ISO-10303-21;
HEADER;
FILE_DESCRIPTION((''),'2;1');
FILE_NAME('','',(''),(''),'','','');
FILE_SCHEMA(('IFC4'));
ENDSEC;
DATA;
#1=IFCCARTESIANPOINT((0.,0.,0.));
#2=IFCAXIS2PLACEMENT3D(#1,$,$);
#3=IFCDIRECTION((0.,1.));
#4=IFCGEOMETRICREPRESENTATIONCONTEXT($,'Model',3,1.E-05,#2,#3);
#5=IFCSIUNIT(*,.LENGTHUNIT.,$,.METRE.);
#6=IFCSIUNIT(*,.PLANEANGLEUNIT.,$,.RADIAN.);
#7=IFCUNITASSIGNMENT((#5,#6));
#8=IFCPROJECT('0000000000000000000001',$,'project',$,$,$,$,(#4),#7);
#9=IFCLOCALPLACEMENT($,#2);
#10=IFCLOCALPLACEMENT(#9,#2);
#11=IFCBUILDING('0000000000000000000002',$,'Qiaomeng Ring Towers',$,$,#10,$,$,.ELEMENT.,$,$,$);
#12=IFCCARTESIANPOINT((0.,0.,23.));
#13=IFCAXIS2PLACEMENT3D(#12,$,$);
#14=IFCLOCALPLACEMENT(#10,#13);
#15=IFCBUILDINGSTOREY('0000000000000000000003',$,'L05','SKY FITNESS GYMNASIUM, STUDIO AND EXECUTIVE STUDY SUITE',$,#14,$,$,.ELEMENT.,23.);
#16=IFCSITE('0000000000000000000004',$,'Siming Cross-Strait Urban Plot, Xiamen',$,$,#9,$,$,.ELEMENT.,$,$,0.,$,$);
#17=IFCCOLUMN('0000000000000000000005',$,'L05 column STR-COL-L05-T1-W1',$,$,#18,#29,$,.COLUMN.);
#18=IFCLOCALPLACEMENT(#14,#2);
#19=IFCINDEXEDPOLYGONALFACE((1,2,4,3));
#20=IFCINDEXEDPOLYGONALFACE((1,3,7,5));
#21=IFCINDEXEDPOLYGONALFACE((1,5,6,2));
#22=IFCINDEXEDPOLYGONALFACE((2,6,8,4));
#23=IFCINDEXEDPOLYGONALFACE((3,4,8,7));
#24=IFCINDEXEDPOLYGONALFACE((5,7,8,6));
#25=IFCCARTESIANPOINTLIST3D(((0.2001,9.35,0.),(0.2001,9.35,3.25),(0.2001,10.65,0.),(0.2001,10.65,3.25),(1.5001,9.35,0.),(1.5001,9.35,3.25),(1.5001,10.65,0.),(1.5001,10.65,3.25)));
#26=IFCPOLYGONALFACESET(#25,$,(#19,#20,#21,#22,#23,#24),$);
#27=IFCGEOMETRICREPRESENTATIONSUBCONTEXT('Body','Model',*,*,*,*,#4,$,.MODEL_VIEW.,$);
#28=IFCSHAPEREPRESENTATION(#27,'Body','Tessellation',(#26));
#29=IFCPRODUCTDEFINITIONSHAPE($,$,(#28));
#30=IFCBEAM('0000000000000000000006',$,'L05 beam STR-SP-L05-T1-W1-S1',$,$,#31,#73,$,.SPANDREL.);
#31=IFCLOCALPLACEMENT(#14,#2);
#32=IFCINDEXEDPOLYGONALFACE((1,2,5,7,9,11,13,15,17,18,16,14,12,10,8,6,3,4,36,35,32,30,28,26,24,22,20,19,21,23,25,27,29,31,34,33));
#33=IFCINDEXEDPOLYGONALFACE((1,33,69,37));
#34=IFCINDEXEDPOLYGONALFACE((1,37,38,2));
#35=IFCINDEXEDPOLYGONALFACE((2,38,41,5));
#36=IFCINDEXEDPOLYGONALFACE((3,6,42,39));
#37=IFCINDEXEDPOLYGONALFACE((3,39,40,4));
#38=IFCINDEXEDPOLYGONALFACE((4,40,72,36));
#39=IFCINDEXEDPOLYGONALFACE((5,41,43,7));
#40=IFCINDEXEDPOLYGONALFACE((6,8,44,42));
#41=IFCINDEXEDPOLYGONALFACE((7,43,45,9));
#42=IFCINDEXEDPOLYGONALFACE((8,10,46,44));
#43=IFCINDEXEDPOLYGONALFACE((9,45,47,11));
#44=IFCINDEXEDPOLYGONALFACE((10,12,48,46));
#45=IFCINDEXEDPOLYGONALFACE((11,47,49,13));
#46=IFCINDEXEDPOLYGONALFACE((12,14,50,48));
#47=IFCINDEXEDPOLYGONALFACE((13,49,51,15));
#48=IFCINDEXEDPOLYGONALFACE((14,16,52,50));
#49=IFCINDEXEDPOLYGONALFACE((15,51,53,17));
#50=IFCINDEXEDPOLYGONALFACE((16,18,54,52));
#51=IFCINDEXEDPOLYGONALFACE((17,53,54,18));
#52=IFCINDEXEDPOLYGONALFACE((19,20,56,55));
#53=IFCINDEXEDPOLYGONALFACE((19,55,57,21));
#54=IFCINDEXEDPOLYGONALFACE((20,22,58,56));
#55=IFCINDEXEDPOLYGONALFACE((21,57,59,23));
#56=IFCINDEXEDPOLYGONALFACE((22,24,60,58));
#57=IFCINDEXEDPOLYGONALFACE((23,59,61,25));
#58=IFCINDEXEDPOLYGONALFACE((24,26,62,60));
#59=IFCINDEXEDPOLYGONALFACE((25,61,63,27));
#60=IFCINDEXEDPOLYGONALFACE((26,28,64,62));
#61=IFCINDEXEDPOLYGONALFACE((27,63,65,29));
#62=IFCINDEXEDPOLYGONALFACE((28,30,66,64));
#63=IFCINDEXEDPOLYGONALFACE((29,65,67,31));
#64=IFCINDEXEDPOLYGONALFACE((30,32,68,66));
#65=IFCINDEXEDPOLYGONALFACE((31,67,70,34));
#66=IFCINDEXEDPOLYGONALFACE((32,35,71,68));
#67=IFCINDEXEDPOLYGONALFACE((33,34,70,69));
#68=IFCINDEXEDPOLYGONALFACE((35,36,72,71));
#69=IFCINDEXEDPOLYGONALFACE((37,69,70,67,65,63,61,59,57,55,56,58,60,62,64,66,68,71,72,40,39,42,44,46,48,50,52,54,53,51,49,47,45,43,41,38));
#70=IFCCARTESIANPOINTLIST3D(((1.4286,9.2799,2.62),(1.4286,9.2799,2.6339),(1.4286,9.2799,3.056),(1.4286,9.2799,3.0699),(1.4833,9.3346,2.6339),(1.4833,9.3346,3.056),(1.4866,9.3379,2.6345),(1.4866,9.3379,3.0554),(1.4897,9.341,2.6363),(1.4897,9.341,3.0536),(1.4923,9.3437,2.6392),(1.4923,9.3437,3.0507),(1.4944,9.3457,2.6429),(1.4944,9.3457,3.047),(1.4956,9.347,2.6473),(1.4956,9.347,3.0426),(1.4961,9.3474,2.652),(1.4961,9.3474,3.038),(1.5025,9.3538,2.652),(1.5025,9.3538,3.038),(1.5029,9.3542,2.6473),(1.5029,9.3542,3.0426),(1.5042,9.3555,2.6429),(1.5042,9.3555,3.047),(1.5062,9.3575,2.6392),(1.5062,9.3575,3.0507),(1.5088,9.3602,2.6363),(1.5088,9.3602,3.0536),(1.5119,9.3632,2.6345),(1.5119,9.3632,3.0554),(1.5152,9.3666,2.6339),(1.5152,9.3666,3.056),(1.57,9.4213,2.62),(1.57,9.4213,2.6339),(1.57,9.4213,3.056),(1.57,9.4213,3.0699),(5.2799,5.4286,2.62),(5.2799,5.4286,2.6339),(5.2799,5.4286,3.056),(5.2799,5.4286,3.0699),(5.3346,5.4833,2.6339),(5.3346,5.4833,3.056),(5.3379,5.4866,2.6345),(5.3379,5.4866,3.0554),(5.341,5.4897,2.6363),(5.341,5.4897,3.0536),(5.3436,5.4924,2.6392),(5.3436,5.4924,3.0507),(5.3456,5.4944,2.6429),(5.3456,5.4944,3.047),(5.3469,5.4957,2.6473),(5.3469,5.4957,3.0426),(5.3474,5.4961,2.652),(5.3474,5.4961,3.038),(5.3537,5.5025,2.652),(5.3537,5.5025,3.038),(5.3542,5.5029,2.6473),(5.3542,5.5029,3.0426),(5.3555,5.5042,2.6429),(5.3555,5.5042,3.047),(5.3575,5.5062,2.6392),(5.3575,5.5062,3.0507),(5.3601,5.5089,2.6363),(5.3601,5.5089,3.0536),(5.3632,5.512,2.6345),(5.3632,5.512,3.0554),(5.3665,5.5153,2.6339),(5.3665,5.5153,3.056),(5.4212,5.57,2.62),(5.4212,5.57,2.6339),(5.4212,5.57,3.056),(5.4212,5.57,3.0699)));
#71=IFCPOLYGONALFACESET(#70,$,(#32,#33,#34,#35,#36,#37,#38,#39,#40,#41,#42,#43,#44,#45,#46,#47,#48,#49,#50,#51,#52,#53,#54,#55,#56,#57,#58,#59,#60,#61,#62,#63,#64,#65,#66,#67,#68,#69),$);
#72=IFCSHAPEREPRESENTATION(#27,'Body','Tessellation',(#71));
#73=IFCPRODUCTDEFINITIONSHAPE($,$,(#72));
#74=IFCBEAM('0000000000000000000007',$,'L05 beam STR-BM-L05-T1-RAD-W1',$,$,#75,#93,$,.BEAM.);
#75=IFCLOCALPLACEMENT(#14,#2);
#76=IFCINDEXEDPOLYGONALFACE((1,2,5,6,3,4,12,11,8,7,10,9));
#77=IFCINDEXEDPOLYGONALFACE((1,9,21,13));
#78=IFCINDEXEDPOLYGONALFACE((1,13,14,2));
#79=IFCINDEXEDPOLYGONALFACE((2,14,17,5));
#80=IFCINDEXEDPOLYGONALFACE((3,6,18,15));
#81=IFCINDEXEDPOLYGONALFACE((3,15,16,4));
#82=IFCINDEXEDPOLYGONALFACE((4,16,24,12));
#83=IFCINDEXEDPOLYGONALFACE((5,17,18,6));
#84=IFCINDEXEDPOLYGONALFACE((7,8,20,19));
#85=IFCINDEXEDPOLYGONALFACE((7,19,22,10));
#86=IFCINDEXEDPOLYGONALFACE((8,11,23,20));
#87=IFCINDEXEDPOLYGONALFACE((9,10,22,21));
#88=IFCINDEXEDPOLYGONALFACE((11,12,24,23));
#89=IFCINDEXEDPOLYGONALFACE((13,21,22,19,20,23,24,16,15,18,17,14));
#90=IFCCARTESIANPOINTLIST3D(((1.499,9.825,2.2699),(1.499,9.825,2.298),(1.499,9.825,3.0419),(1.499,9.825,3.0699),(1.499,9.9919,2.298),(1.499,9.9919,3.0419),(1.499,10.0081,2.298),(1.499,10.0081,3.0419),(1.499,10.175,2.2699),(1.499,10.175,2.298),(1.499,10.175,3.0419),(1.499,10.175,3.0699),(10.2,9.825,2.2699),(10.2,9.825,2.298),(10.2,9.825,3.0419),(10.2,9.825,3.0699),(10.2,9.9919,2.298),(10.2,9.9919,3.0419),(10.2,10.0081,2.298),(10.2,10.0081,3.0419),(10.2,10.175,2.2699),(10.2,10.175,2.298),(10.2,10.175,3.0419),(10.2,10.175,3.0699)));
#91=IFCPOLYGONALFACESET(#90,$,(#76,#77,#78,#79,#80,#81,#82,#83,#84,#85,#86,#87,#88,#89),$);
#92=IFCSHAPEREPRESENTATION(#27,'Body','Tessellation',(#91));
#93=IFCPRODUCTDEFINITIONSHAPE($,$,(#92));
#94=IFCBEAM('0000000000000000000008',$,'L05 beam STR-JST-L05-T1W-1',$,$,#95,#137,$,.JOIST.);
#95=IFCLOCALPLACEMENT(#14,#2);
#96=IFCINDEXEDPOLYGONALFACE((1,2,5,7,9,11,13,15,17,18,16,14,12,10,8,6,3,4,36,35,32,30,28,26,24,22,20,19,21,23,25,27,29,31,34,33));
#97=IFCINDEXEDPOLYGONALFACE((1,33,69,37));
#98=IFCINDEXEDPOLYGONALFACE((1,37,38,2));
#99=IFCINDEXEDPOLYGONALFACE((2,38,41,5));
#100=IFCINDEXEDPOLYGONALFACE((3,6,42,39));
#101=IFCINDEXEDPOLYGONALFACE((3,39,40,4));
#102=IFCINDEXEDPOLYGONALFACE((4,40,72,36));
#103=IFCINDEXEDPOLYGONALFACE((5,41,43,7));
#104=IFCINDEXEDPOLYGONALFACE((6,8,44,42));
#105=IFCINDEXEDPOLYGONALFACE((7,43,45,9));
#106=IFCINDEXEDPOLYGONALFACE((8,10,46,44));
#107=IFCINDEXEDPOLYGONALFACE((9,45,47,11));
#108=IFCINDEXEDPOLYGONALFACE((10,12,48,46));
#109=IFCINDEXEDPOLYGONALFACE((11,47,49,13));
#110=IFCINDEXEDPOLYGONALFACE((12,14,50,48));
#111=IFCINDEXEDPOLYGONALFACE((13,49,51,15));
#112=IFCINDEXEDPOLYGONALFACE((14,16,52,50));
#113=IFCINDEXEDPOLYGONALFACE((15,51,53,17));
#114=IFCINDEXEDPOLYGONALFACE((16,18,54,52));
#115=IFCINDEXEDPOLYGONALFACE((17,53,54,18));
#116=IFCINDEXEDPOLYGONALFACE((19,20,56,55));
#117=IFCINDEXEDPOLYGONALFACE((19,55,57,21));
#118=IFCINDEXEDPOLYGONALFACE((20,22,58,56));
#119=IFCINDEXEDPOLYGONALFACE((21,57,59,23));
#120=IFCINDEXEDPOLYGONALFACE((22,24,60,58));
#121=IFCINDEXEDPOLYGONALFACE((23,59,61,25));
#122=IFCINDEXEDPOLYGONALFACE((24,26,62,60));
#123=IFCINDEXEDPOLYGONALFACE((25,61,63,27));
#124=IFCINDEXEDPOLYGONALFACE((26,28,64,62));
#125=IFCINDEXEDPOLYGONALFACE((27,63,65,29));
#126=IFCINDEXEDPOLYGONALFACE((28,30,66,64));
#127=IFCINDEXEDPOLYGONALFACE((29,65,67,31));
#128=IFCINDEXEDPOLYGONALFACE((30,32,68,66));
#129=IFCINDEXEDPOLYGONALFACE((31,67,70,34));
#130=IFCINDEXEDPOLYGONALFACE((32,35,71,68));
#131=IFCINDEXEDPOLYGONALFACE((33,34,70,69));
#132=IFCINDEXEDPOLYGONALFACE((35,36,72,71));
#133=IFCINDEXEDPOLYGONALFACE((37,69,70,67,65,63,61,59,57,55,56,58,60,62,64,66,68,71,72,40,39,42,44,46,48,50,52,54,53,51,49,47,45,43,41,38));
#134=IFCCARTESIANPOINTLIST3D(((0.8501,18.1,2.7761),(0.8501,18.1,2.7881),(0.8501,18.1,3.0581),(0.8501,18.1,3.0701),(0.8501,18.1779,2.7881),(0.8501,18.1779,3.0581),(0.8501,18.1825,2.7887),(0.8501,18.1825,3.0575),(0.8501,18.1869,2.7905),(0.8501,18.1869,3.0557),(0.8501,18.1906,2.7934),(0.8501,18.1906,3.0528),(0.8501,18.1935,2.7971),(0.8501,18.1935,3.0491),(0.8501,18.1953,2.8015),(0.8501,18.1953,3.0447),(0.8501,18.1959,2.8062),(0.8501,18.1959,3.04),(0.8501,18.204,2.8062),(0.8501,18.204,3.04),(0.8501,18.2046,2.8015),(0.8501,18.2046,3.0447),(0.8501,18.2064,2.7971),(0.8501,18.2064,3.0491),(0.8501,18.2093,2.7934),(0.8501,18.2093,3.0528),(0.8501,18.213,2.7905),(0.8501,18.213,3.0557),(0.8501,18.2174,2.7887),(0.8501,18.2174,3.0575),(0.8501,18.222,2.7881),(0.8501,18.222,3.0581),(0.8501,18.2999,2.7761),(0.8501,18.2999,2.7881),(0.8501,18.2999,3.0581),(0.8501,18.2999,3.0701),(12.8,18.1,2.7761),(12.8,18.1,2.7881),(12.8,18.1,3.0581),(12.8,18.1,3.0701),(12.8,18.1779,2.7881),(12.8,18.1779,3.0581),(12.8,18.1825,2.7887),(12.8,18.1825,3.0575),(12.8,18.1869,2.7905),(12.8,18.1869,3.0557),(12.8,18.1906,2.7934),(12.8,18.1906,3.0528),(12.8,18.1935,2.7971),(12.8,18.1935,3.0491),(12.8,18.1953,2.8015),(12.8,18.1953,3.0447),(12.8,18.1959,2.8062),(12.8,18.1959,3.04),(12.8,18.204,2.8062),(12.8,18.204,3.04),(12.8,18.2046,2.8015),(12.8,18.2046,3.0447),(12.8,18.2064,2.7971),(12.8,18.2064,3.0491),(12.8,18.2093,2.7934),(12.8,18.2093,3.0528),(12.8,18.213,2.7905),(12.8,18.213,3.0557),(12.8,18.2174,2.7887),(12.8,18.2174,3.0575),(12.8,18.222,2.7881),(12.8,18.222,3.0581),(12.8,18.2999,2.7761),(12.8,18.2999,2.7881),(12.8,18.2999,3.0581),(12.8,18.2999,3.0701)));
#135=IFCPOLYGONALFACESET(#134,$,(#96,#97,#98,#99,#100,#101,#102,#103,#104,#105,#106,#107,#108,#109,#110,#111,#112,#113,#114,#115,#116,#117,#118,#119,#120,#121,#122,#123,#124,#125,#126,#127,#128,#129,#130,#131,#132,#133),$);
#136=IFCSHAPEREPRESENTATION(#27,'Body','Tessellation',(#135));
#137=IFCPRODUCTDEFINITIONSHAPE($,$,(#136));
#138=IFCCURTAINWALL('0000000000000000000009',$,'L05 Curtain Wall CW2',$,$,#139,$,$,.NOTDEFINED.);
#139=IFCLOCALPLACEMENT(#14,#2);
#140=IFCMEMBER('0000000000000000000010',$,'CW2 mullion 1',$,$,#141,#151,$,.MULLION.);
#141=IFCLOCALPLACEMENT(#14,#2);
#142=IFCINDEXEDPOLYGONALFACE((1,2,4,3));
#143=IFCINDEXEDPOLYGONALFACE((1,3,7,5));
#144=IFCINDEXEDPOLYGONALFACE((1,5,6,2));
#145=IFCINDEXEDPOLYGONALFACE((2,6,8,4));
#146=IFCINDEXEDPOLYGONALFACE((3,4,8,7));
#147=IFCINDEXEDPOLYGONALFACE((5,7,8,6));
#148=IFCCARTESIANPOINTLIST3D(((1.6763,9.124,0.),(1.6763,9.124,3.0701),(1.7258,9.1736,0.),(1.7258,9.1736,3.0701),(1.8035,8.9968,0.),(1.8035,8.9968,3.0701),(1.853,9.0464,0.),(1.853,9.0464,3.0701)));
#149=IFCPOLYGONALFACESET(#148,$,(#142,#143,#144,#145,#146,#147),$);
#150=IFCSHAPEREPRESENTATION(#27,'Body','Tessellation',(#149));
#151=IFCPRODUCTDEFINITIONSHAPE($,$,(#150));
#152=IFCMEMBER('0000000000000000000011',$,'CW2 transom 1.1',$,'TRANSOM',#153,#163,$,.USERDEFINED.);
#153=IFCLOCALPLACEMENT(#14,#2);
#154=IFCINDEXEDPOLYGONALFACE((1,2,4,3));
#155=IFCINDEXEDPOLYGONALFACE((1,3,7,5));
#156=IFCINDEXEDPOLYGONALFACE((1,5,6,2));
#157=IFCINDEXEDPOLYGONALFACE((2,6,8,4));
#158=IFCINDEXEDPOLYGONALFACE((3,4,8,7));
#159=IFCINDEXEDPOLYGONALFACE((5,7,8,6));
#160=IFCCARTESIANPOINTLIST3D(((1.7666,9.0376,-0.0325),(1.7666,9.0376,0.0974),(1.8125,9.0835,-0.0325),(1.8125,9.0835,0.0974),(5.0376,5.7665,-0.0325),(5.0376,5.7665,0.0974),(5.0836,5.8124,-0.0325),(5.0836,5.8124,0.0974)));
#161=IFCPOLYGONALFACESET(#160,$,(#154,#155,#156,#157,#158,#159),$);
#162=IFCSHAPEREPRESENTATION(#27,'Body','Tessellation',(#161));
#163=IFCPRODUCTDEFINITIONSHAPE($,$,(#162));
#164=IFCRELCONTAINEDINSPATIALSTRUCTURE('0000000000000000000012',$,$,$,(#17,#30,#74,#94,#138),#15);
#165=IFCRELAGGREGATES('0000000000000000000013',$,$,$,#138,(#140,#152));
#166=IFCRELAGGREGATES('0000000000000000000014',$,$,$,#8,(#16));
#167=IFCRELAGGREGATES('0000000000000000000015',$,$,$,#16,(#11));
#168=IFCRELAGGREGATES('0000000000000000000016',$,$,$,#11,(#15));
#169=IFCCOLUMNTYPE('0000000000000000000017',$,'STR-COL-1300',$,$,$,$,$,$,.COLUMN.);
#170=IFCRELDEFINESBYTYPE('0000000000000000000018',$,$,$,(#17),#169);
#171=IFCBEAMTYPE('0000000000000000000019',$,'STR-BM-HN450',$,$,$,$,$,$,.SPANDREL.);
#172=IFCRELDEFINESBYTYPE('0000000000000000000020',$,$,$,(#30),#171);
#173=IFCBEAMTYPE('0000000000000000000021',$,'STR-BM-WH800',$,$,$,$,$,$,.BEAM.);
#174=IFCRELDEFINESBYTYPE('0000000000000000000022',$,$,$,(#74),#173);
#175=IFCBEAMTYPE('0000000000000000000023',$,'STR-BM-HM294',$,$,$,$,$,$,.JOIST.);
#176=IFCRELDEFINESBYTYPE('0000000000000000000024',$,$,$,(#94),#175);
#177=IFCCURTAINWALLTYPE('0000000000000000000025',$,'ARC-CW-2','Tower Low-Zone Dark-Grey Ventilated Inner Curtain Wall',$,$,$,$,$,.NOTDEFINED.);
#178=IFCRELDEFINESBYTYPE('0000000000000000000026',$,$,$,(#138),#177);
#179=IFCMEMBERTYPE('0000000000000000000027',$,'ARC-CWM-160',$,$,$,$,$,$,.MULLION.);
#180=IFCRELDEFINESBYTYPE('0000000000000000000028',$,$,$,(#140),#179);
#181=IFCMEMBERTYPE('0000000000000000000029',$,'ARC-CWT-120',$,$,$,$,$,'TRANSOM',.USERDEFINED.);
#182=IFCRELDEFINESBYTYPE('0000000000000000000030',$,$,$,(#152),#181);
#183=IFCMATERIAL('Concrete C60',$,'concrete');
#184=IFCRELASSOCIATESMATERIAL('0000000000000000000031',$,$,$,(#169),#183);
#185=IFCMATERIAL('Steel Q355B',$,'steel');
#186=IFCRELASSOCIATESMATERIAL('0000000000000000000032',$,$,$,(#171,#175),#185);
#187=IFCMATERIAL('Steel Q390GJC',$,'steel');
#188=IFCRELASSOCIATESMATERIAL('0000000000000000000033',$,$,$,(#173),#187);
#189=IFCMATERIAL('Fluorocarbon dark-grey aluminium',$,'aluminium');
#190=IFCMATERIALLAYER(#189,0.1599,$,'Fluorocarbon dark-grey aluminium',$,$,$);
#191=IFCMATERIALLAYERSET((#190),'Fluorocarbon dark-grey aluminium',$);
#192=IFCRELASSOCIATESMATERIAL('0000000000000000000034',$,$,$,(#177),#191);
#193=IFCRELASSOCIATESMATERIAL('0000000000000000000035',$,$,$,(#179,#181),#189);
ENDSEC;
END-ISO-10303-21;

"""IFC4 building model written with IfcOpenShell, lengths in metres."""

from ifc_helpers import new_model, si_unit, direction, frame, origin, origin_2d, place, context, subcontext, project, spatial, rectangle, i_section, extrude, source, transform, mapped, material, layer, layer_set, material_profile, profile_set, type_object, element, aggregate, save


model = new_model("IFC4")

# Units and contexts
model_context = context("Model", 3, precision=1e-05, world=origin(), true_north=direction((0.0, 1.0)))
body_context = subcontext(model_context, "Body", "Model", "MODEL_VIEW")
ifc_project = project(units=[si_unit("LENGTHUNIT", "METRE"), si_unit("PLANEANGLEUNIT", "RADIAN")], contexts=[model_context])

# Site, building, storey
site_placement = place(None, origin())
site = spatial("IfcSite", under=ifc_project, at=site_placement, Name="Siming Cross-Strait Urban Plot, Xiamen", CompositionType="ELEMENT", RefElevation=0.0)
building_placement = place(site_placement, origin())
building = spatial("IfcBuilding", under=site, at=building_placement, Name="Qiaomeng Ring Towers", CompositionType="ELEMENT")
storey_placement = place(building_placement, frame((0.0, 0.0, 23.0)))
storey = spatial("IfcBuildingStorey", under=building, at=storey_placement, Name="L05", Description="SKY FITNESS GYMNASIUM, STUDIO AND EXECUTIVE STUDY SUITE", CompositionType="ELEMENT", Elevation=23.0)

# Column
ifc_material_1 = material(Name="Concrete C60", Category="concrete")
ifc_material_profile_1 = material_profile(ifc_material_1, rectangle(XDim=1.3, YDim=1.3, at=origin_2d()), Name="RC COL 1300x1300")
ifc_profile_set_1 = profile_set([ifc_material_profile_1], Name="Concrete C60")
column_type = type_object("IfcColumnType", Name="STR-COL-1300", PredefinedType="COLUMN", material=ifc_profile_set_1)
shared_shape_1 = source(origin(), body_context, "Body", "SweptSolid", [
    extrude(rectangle(XDim=1.3, YDim=1.3, at=origin_2d()), origin(), (0.0, 0.0, 1.0), 3.25),
])
column_placement = place(storey_placement, frame((0.8501, 10.0, 0.0), z_axis=(0.0, 0.0, 1.0), x_axis=(1.0, 0.0, 0.0)))
element("IfcColumn", 1, at=column_placement, inside=storey, type_object=column_type, Name="L05 column STR-COL-L05-T1-W1", PredefinedType="COLUMN", context=body_context, shape_type="MappedRepresentation", body=[
    mapped(shared_shape_1, transform((0.0, 0.0, 0.0), x_axis=(1.0, 0.0, 0.0), y_axis=(0.0, 1.0, 0.0), z_axis=(0.0, 0.0, 1.0), scale=1.0)),
])

# Beams
ifc_material_2 = material(Name="Steel Q355B", Category="steel")
ifc_material_profile_2 = material_profile(ifc_material_2, i_section(OverallWidth=0.2, OverallDepth=0.45, WebThickness=0.009, FlangeThickness=0.0139, FilletRadius=0.0181, at=origin_2d()), Name="HN 450x200x9x14")
ifc_profile_set_2 = profile_set([ifc_material_profile_2], Name="Steel Q355B")
beam_type_1 = type_object("IfcBeamType", Name="STR-BM-HN450", PredefinedType="SPANDREL", material=ifc_profile_set_2)
shared_shape_2 = source(origin(), body_context, "Body", "SweptSolid", [
    extrude(i_section(OverallWidth=0.2, OverallDepth=0.45, WebThickness=0.009, FlangeThickness=0.0139, FilletRadius=0.0181, at=origin_2d()), origin(), (0.0, 0.0, 1.0), 5.4465),
])
beam_1_placement = place(storey_placement, frame((1.4993, 9.3506, 2.845), z_axis=(0.707107, -0.707107, 0.0), x_axis=(0.707107, 0.707107, 0.0)))
element("IfcBeam", 2, at=beam_1_placement, inside=storey, type_object=beam_type_1, Name="L05 beam STR-SP-L05-T1-W1-S1", PredefinedType="SPANDREL", context=body_context, shape_type="MappedRepresentation", body=[
    mapped(shared_shape_2, transform((0.0, 0.0, 0.0), x_axis=(1.0, 0.0, 0.0), y_axis=(0.0, 1.0, 0.0), z_axis=(0.0, 0.0, 1.0), scale=1.0)),
])
ifc_material_3 = material(Name="Steel Q390GJC", Category="steel")
ifc_material_profile_3 = material_profile(ifc_material_3, i_section(OverallWidth=0.3501, OverallDepth=0.8, WebThickness=0.0161, FlangeThickness=0.0281, at=origin_2d()), Name="WH 800x350x16x28")
ifc_profile_set_3 = profile_set([ifc_material_profile_3], Name="Steel Q390GJC")
beam_type_2 = type_object("IfcBeamType", Name="STR-BM-WH800", PredefinedType="BEAM", material=ifc_profile_set_3)
shared_shape_3 = source(origin(), body_context, "Body", "SweptSolid", [
    extrude(i_section(OverallWidth=0.3501, OverallDepth=0.8, WebThickness=0.0161, FlangeThickness=0.0281, at=origin_2d()), origin(), (0.0, 0.0, 1.0), 8.7009),
])
beam_2_placement = place(storey_placement, frame((1.499, 10.0, 2.6699), z_axis=(1.0, 0.0, 0.0), x_axis=(0.0, 1.0, 0.0)))
element("IfcBeam", 3, at=beam_2_placement, inside=storey, type_object=beam_type_2, Name="L05 beam STR-BM-L05-T1-RAD-W1", PredefinedType="BEAM", context=body_context, shape_type="MappedRepresentation", body=[
    mapped(shared_shape_3, transform((0.0, 0.0, 0.0), x_axis=(1.0, 0.0, 0.0), y_axis=(0.0, 1.0, 0.0), z_axis=(0.0, 0.0, 1.0), scale=1.0)),
])
ifc_material_profile_4 = material_profile(ifc_material_2, i_section(OverallWidth=0.2, OverallDepth=0.2939, WebThickness=0.0081, FlangeThickness=0.012, FilletRadius=0.0181, at=origin_2d()), Name="HM 294x200x8x12")
ifc_profile_set_4 = profile_set([ifc_material_profile_4], Name="Steel Q355B")
beam_type_3 = type_object("IfcBeamType", Name="STR-BM-HM294", PredefinedType="JOIST", material=ifc_profile_set_4)
shared_shape_4 = source(origin(), body_context, "Body", "SweptSolid", [
    extrude(i_section(OverallWidth=0.2, OverallDepth=0.2939, WebThickness=0.0081, FlangeThickness=0.012, FilletRadius=0.0181, at=origin_2d()), origin(), (0.0, 0.0, 1.0), 11.95),
])
beam_3_placement = place(storey_placement, frame((0.8501, 18.2, 2.9231), z_axis=(1.0, 0.0, 0.0), x_axis=(0.0, 1.0, 0.0)))
element("IfcBeam", 4, at=beam_3_placement, inside=storey, type_object=beam_type_3, Name="L05 beam STR-JST-L05-T1W-1", PredefinedType="JOIST", context=body_context, shape_type="MappedRepresentation", body=[
    mapped(shared_shape_4, transform((0.0, 0.0, 0.0), x_axis=(1.0, 0.0, 0.0), y_axis=(0.0, 1.0, 0.0), z_axis=(0.0, 0.0, 1.0), scale=1.0)),
])

# Curtain wall, members
ifc_material_4 = material(Name="Fluorocarbon dark-grey aluminium", Category="aluminium")
ifc_layer_1 = layer(ifc_material_4, 0.1599, Name="Fluorocarbon dark-grey aluminium")
ifc_layer_set_1 = layer_set([ifc_layer_1], Name="Fluorocarbon dark-grey aluminium")
curtain_wall_type = type_object("IfcCurtainWallType", Name="ARC-CW-2", Description="Tower Low-Zone Dark-Grey Ventilated Inner Curtain Wall", PredefinedType="NOTDEFINED", material=ifc_layer_set_1)
curtain_wall_placement = place(storey_placement, origin())
curtain_wall = element("IfcCurtainWall", 5, at=curtain_wall_placement, inside=storey, type_object=curtain_wall_type, Name="L05 Curtain Wall CW2", PredefinedType="NOTDEFINED")
ifc_material_profile_5 = material_profile(ifc_material_4, rectangle(XDim=0.0701, YDim=0.1799, at=origin_2d()), Name="ALU MULL 70x180")
ifc_profile_set_5 = profile_set([ifc_material_profile_5], Name="Fluorocarbon dark-grey aluminium")
member_type_1 = type_object("IfcMemberType", Name="ARC-CWM-160", PredefinedType="MULLION", material=ifc_profile_set_5)
shared_shape_5 = source(origin(), body_context, "Body", "SweptSolid", [
    extrude(rectangle(XDim=0.0701, YDim=0.1799, at=origin_2d()), origin(), (0.0, 0.0, 1.0), 3.0701),
])
member_1_placement = place(storey_placement, frame((1.7646, 9.0852, 0.0), z_axis=(0.0, 0.0, 1.0), x_axis=(0.707107, 0.707107, 0.0)))
member_1 = element("IfcMember", 6, at=member_1_placement, type_object=member_type_1, Name="CW2 mullion 1", PredefinedType="MULLION", context=body_context, shape_type="MappedRepresentation", body=[
    mapped(shared_shape_5, transform((0.0, 0.0, 0.0), x_axis=(1.0, 0.0, 0.0), y_axis=(0.0, 1.0, 0.0), z_axis=(0.0, 0.0, 1.0), scale=1.0)),
])
ifc_material_profile_6 = material_profile(ifc_material_4, rectangle(XDim=0.0649, YDim=0.1299, at=origin_2d()), Name="ALU TRAN 65x130")
ifc_profile_set_6 = profile_set([ifc_material_profile_6], Name="Fluorocarbon dark-grey aluminium")
member_type_2 = type_object("IfcMemberType", Name="ARC-CWT-120", ElementType="TRANSOM", PredefinedType="USERDEFINED", material=ifc_profile_set_6)
shared_shape_6 = source(origin(), body_context, "Body", "SweptSolid", [
    extrude(rectangle(XDim=0.0649, YDim=0.1299, at=origin_2d()), origin(), (0.0, 0.0, 1.0), 4.626),
])
member_2_placement = place(storey_placement, frame((1.7896, 9.0605, 0.0325), z_axis=(0.707107, -0.707107, 0.0), x_axis=(0.707107, 0.707107, 0.0)))
member_2 = element("IfcMember", 7, at=member_2_placement, type_object=member_type_2, Name="CW2 transom 1.1", ObjectType="TRANSOM", PredefinedType="USERDEFINED", context=body_context, shape_type="MappedRepresentation", body=[
    mapped(shared_shape_6, transform((0.0, 0.0, 0.0), x_axis=(1.0, 0.0, 0.0), y_axis=(0.0, 1.0, 0.0), z_axis=(0.0, 0.0, 1.0), scale=1.0)),
])
aggregate(curtain_wall, [member_1, member_2])

save(model, "model.ifc")
